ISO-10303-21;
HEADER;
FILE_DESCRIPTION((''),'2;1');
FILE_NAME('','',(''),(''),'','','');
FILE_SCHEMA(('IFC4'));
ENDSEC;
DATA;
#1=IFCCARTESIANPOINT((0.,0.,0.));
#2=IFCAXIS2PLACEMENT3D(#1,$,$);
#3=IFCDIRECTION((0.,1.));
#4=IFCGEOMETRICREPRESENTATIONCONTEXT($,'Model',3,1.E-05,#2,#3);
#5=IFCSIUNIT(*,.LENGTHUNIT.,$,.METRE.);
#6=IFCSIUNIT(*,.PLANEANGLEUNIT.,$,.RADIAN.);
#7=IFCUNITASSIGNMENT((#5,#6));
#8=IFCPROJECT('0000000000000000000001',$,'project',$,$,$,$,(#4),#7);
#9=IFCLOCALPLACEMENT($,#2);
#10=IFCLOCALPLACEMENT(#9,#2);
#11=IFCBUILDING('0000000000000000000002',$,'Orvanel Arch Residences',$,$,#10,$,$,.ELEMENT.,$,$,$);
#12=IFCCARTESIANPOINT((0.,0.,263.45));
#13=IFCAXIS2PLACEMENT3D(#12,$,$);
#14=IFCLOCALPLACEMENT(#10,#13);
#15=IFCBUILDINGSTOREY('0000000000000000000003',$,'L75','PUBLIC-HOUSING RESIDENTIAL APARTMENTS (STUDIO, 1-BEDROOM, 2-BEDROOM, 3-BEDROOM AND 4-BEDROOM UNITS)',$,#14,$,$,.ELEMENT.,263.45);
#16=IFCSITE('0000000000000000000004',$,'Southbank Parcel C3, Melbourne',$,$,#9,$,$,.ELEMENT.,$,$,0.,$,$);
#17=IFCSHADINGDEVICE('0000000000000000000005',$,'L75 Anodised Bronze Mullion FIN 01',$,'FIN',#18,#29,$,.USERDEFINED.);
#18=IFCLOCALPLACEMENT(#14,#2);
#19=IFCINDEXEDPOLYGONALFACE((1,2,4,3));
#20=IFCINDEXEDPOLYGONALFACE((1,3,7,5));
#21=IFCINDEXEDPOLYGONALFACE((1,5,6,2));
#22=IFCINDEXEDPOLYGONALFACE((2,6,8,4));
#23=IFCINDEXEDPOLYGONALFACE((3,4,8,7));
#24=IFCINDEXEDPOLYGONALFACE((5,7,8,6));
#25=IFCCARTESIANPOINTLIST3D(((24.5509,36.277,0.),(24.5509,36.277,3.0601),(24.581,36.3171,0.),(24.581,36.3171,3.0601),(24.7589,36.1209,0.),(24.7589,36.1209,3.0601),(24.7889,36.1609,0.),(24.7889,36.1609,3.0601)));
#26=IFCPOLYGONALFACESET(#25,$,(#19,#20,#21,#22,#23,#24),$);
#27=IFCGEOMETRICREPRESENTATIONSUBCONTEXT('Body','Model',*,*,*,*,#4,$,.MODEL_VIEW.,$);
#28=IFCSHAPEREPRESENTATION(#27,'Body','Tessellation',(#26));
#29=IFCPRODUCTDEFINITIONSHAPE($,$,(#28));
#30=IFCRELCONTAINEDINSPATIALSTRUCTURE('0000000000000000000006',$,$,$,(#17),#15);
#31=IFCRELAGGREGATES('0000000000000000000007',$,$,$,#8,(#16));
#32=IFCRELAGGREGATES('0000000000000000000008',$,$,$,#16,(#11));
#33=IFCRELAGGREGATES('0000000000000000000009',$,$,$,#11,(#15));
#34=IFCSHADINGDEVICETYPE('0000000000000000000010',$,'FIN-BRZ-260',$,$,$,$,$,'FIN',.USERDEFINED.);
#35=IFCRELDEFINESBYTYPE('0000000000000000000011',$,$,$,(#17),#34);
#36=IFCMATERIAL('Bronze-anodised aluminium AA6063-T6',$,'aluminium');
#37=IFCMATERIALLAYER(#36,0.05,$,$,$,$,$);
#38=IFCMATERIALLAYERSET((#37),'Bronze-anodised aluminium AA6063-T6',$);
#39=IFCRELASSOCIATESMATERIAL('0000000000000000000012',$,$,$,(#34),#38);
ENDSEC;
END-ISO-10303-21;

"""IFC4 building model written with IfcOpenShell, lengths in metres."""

from ifc_helpers import new_model, si_unit, direction, frame, origin, origin_2d, place, context, subcontext, project, spatial, rectangle, extrude, material, layer, layer_set, type_object, element, save


model = new_model("IFC4")

# Units and contexts
model_context = context("Model", 3, precision=1e-05, world=origin(), true_north=direction((0.0, 1.0)))
body_context = subcontext(model_context, "Body", "Model", "MODEL_VIEW")
ifc_project = project(units=[si_unit("LENGTHUNIT", "METRE"), si_unit("PLANEANGLEUNIT", "RADIAN")], contexts=[model_context])

# Site, building, storey
site_placement = place(None, origin())
site = spatial("IfcSite", under=ifc_project, at=site_placement, Name="Southbank Parcel C3, Melbourne", CompositionType="ELEMENT", RefElevation=0.0)
building_placement = place(site_placement, origin())
building = spatial("IfcBuilding", under=site, at=building_placement, Name="Orvanel Arch Residences", CompositionType="ELEMENT")
storey_placement = place(building_placement, frame((0.0, 0.0, 263.45)))
storey = spatial("IfcBuildingStorey", under=building, at=storey_placement, Name="L75", Description="PUBLIC-HOUSING RESIDENTIAL APARTMENTS (STUDIO, 1-BEDROOM, 2-BEDROOM, 3-BEDROOM AND 4-BEDROOM UNITS)", CompositionType="ELEMENT", Elevation=263.45)

# Shared definitions
ifc_material_1 = material(Name="Bronze-anodised aluminium AA6063-T6", Category="aluminium")

# Shading device
ifc_layer_1 = layer(ifc_material_1, 0.05)
ifc_layer_set_1 = layer_set([ifc_layer_1], Name="Bronze-anodised aluminium AA6063-T6")
shading_device_type = type_object("IfcShadingDeviceType", Name="FIN-BRZ-260", ElementType="FIN", PredefinedType="USERDEFINED", material=ifc_layer_set_1)
shading_device_placement = place(storey_placement, frame((24.6699, 36.219, 0.0), z_axis=(0.0, 0.0, 1.0), x_axis=(-0.799685, 0.60042, 0.0)))
element("IfcShadingDevice", 1, at=shading_device_placement, inside=storey, type_object=shading_device_type, Name="L75 Anodised Bronze Mullion FIN 01", ObjectType="FIN", PredefinedType="USERDEFINED", context=body_context, shape_type="SweptSolid", body=[
    extrude(rectangle(XDim=0.26, YDim=0.05, at=origin_2d()), origin(), (0.0, 0.0, 1.0), 3.0601),
])

save(model, "model.ifc")
